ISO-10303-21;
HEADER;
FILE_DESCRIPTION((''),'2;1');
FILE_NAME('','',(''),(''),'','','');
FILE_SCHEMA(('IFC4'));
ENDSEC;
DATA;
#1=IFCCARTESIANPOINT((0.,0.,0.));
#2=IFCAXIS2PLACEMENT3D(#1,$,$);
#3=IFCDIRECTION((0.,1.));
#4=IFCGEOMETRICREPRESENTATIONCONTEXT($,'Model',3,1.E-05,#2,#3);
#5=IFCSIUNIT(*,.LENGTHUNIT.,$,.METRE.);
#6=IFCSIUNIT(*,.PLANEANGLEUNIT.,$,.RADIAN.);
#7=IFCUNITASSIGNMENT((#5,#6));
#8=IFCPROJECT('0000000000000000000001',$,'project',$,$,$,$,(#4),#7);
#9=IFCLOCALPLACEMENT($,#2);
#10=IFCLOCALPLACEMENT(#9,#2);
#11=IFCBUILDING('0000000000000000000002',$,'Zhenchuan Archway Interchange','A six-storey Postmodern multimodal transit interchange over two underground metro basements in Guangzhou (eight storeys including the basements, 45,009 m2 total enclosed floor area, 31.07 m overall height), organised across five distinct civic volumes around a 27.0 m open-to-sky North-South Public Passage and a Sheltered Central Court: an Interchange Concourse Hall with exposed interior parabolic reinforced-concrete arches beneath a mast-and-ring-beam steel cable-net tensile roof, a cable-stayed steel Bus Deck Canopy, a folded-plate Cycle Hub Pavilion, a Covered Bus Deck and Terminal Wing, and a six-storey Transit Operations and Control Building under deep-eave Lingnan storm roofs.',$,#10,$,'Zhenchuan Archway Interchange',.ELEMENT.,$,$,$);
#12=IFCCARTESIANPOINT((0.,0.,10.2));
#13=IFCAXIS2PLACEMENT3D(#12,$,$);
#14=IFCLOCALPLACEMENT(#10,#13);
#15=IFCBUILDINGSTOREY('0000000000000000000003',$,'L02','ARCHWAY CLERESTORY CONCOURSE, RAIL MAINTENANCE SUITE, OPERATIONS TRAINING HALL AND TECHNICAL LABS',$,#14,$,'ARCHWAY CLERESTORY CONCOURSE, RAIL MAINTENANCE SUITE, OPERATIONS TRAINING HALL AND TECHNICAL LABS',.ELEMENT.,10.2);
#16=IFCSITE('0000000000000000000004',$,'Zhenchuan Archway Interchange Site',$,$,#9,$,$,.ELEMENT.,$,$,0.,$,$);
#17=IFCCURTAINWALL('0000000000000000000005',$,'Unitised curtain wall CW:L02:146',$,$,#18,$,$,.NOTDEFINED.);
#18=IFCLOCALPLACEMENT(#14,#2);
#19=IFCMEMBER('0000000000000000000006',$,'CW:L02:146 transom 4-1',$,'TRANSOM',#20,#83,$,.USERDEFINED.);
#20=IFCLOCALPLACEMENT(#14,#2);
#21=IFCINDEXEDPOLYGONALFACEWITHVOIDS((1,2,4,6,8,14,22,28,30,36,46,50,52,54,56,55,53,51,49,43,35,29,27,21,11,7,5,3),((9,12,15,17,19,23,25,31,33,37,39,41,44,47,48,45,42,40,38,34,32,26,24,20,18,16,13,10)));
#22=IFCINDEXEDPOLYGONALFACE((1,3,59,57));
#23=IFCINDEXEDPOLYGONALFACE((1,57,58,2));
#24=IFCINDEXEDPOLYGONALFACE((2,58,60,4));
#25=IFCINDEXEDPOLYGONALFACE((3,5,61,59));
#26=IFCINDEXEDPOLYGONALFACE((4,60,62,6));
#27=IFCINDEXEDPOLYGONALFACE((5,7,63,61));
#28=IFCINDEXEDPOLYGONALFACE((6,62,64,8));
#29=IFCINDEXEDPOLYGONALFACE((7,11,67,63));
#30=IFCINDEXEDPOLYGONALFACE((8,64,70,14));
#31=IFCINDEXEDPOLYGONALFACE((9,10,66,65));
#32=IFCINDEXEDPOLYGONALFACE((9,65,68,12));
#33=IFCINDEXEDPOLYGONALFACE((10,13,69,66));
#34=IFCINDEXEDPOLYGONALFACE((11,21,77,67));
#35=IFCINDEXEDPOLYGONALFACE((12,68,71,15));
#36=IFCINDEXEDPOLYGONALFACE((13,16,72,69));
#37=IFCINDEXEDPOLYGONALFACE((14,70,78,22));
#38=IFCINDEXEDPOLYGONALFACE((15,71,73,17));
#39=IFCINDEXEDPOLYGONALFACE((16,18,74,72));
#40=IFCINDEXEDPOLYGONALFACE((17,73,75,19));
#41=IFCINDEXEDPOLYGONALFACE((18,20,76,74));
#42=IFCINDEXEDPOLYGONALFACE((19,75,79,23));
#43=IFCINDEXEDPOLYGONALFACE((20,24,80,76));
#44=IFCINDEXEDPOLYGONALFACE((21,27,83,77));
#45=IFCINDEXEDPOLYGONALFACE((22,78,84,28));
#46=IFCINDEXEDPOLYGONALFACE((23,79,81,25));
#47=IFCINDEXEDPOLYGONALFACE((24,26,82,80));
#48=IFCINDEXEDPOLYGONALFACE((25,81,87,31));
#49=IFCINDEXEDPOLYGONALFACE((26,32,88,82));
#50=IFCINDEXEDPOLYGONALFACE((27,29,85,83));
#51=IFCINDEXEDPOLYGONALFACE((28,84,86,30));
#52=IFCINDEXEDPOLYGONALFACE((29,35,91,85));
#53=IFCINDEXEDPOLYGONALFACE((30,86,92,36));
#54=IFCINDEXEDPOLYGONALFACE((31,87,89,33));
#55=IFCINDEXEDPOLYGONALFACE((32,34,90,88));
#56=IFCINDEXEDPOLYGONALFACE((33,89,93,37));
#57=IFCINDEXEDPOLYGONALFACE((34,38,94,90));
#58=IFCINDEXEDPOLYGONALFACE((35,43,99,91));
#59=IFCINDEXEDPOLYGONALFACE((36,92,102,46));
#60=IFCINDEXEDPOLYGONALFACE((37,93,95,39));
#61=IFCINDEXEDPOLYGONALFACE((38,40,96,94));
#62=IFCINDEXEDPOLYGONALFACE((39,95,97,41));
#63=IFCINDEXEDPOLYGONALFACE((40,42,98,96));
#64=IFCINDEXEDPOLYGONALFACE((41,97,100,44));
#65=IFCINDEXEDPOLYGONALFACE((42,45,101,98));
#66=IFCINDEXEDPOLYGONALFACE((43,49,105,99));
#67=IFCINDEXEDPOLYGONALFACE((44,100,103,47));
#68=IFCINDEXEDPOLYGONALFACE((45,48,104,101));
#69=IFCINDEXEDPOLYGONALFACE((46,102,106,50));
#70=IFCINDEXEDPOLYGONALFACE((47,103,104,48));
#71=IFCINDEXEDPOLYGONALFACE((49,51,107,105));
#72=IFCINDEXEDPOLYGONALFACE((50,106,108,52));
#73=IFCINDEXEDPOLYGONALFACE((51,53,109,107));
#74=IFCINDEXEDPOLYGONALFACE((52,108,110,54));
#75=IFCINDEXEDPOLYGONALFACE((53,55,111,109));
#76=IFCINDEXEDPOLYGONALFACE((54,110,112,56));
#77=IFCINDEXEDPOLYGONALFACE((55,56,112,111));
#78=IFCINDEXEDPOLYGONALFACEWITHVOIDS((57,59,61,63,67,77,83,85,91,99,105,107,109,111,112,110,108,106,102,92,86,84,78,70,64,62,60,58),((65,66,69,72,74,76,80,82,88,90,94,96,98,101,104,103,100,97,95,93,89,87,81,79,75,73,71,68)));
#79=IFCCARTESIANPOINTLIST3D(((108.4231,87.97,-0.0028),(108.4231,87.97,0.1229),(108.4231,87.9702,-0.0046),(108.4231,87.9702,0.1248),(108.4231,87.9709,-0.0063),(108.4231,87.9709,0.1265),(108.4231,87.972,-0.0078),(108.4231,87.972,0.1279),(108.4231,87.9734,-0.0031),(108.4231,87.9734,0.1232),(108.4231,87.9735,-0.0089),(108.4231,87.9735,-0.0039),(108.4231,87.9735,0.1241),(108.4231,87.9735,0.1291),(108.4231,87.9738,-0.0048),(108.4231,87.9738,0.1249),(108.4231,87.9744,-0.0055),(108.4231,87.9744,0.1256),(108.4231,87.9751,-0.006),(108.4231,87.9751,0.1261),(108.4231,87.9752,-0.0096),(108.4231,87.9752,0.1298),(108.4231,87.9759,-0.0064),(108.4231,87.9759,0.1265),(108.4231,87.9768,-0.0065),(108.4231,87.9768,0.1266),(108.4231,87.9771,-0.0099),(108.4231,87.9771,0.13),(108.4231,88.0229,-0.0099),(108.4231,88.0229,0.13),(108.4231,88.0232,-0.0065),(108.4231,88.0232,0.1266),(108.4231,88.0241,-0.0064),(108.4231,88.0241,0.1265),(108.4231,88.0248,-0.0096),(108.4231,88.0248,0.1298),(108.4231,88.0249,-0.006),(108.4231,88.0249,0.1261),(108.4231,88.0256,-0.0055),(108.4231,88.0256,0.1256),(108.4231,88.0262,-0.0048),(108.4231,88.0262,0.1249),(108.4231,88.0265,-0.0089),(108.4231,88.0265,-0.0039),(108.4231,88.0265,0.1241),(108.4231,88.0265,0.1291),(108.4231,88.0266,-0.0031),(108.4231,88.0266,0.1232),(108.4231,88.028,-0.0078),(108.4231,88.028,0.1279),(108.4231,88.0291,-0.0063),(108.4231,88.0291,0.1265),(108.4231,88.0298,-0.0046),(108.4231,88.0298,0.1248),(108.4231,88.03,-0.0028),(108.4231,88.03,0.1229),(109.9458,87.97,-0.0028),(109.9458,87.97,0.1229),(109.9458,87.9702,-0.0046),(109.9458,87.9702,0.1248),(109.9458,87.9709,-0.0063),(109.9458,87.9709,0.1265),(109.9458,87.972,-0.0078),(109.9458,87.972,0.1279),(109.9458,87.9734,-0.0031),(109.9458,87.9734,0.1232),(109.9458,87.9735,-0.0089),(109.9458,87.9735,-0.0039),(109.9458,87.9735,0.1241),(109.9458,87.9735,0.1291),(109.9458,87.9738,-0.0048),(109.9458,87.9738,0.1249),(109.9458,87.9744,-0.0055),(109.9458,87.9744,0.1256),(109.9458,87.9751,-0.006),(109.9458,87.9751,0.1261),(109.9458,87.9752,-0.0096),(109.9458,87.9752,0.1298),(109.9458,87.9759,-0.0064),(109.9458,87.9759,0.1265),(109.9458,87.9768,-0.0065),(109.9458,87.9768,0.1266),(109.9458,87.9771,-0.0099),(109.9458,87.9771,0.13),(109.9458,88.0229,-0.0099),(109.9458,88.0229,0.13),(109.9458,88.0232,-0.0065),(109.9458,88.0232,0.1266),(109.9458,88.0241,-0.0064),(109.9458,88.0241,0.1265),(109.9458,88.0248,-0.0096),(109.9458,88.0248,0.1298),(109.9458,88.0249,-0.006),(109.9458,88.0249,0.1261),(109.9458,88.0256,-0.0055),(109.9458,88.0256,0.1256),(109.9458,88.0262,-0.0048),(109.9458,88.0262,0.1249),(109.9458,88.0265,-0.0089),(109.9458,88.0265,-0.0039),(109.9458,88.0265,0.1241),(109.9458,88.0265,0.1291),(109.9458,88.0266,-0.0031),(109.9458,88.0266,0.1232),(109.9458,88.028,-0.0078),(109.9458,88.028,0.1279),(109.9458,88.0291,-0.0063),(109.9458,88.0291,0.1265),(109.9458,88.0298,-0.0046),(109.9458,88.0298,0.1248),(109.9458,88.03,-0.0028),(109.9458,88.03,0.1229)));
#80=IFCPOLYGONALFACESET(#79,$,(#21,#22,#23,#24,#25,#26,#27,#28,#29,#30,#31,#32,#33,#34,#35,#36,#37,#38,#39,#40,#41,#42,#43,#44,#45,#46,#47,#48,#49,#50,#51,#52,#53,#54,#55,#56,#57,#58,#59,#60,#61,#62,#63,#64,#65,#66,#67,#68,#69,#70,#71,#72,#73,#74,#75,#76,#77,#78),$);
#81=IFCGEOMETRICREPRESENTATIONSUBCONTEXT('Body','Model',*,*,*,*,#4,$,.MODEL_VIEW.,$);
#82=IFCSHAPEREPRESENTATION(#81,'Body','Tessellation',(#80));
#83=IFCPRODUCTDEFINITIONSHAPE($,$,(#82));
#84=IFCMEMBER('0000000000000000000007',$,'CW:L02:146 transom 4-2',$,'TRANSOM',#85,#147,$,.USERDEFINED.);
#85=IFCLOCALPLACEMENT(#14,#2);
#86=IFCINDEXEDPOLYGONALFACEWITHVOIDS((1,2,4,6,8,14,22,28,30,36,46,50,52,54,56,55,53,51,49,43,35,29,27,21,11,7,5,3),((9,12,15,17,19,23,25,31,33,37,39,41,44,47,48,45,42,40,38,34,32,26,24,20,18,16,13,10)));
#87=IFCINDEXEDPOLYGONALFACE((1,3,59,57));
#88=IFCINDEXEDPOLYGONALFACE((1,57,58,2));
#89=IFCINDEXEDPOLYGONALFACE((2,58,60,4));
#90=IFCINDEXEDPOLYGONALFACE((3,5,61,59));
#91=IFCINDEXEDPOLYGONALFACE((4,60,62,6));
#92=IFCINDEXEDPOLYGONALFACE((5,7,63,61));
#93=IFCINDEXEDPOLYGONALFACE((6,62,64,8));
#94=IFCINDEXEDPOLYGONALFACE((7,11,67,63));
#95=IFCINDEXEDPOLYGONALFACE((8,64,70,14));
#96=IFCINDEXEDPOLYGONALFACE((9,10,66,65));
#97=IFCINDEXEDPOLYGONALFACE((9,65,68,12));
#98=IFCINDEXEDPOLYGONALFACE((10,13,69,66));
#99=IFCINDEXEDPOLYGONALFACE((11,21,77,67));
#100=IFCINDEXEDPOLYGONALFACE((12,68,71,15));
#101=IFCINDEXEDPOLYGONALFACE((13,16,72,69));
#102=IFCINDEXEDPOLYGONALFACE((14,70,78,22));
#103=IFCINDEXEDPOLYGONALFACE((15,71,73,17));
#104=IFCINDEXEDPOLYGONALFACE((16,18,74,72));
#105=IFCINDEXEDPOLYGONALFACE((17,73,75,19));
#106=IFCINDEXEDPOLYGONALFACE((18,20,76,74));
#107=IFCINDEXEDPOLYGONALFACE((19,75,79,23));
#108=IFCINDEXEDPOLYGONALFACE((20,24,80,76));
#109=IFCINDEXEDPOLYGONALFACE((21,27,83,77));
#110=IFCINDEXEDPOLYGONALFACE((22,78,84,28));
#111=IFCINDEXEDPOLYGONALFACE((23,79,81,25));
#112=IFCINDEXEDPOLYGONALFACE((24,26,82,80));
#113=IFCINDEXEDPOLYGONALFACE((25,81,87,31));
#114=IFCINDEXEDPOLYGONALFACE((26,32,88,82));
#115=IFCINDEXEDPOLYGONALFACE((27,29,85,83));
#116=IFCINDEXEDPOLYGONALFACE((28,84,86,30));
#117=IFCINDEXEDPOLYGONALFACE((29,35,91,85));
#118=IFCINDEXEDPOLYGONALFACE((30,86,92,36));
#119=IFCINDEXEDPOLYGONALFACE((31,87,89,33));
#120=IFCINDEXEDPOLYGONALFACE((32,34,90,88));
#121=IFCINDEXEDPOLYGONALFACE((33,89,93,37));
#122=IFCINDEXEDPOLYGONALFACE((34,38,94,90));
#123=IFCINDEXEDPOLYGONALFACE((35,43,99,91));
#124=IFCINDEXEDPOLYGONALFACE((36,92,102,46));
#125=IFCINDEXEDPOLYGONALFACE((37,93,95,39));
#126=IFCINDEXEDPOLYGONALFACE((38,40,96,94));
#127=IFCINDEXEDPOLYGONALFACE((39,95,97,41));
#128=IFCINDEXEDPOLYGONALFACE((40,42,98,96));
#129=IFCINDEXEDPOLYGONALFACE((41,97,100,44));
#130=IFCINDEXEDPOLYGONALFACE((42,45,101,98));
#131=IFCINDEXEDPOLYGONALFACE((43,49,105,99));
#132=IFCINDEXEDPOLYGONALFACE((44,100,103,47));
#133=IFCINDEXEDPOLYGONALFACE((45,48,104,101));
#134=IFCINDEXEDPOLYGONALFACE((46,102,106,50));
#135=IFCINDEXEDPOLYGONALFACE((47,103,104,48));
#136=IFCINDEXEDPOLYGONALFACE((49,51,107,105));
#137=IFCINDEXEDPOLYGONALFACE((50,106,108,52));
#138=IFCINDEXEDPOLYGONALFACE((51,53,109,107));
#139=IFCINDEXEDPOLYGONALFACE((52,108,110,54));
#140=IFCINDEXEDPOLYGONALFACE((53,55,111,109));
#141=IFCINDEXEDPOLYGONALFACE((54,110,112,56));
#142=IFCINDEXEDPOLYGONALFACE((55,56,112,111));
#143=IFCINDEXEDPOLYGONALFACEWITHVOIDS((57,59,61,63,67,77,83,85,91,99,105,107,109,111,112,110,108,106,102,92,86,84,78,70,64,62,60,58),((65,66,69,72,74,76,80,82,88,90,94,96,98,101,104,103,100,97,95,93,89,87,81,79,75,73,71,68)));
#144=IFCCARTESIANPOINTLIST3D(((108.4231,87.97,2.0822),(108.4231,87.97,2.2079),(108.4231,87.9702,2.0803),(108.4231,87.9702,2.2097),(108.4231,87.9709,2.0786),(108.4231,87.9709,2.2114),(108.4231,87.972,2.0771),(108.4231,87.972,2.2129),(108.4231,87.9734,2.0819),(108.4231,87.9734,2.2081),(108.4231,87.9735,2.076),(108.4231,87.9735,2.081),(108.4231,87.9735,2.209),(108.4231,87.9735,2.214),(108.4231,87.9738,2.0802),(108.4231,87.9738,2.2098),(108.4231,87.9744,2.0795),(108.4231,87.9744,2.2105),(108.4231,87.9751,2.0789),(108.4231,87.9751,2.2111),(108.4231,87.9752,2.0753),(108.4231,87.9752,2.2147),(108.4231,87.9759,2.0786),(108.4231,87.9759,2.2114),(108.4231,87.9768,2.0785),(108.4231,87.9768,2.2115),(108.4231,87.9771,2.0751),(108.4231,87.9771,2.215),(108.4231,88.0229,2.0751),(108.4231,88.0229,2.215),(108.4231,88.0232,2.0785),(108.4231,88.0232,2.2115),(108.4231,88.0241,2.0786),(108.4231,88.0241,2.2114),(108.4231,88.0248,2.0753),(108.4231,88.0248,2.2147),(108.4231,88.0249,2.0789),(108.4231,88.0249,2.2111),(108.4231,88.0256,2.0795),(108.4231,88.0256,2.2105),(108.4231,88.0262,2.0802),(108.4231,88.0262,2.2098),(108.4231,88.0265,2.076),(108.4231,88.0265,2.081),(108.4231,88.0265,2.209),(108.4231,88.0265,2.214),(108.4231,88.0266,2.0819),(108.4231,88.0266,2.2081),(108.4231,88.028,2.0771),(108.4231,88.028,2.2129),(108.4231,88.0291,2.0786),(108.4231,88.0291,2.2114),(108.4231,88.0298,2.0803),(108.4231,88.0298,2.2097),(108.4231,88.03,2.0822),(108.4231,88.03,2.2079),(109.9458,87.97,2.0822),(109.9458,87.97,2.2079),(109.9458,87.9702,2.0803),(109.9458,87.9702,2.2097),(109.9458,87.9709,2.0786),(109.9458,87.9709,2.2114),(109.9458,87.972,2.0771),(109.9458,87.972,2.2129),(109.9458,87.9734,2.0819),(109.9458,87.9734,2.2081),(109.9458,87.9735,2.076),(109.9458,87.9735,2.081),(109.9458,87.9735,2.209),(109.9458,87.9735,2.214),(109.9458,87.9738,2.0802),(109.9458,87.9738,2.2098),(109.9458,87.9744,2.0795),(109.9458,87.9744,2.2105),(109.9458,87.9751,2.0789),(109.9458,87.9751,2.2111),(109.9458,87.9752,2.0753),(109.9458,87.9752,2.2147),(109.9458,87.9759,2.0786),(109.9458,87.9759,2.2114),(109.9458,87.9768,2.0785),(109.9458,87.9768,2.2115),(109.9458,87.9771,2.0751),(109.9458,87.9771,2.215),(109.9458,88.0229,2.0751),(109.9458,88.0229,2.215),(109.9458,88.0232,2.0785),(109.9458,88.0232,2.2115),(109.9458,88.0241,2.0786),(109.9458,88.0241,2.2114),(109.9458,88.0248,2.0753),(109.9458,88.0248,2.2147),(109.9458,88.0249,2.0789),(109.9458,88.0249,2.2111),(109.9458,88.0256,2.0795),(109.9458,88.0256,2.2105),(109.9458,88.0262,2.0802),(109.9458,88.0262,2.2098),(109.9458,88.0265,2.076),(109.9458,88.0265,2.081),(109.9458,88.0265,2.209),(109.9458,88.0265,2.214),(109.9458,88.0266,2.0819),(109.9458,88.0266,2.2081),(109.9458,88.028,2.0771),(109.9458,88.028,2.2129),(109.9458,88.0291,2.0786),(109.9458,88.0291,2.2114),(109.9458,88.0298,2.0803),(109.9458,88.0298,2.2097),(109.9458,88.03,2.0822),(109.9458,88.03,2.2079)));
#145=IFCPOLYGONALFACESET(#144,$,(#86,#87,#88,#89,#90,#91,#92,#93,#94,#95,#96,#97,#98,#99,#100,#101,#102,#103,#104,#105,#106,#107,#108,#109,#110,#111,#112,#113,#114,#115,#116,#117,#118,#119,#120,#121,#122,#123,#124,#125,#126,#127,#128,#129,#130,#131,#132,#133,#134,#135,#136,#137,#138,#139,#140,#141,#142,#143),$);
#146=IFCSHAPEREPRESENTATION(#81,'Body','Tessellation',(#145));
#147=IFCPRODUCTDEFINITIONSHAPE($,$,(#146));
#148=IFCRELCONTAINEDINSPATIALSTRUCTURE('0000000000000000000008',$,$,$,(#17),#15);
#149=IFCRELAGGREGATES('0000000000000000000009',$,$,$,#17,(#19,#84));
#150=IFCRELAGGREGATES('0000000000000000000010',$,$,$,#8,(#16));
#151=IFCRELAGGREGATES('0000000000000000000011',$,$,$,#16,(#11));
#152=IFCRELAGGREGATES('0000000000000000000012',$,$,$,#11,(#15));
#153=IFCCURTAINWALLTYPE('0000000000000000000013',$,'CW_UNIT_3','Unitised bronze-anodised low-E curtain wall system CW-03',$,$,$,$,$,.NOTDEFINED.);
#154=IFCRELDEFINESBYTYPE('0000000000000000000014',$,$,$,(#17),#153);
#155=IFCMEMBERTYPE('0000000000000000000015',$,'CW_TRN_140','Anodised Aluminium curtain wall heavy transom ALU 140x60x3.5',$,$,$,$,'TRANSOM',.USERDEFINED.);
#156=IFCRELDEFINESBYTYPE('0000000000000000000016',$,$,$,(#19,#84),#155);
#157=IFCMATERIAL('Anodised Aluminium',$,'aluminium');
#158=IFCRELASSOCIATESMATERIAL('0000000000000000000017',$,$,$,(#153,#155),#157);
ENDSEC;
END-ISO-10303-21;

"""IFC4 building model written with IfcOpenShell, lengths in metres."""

from ifc_helpers import new_model, si_unit, direction, frame, origin, origin_2d, place, context, subcontext, project, spatial, hollow_rectangle, extrude, material, material_profile, profile_set, type_object, element, aggregate, save


model = new_model("IFC4")

# Units and contexts
model_context = context("Model", 3, precision=1e-05, world=origin(), true_north=direction((0.0, 1.0)))
body_context = subcontext(model_context, "Body", "Model", "MODEL_VIEW")
ifc_project = project(units=[si_unit("LENGTHUNIT", "METRE"), si_unit("PLANEANGLEUNIT", "RADIAN")], contexts=[model_context])

# Site, building, storey
site_placement = place(None, origin())
site = spatial("IfcSite", under=ifc_project, at=site_placement, Name="Zhenchuan Archway Interchange Site", CompositionType="ELEMENT", RefElevation=0.0)
building_placement = place(site_placement, origin())
building = spatial("IfcBuilding", under=site, at=building_placement, Name="Zhenchuan Archway Interchange", Description="A six-storey Postmodern multimodal transit interchange over two underground metro basements in Guangzhou (eight storeys including the basements, 45,009 m2 total enclosed floor area, 31.07 m overall height), organised across five distinct civic volumes around a 27.0 m open-to-sky North-South Public Passage and a Sheltered Central Court: an Interchange Concourse Hall with exposed interior parabolic reinforced-concrete arches beneath a mast-and-ring-beam steel cable-net tensile roof, a cable-stayed steel Bus Deck Canopy, a folded-plate Cycle Hub Pavilion, a Covered Bus Deck and Terminal Wing, and a six-storey Transit Operations and Control Building under deep-eave Lingnan storm roofs.", LongName="Zhenchuan Archway Interchange", CompositionType="ELEMENT")
storey_placement = place(building_placement, frame((0.0, 0.0, 10.2)))
storey = spatial("IfcBuildingStorey", under=building, at=storey_placement, Name="L02", Description="ARCHWAY CLERESTORY CONCOURSE, RAIL MAINTENANCE SUITE, OPERATIONS TRAINING HALL AND TECHNICAL LABS", LongName="ARCHWAY CLERESTORY CONCOURSE, RAIL MAINTENANCE SUITE, OPERATIONS TRAINING HALL AND TECHNICAL LABS", CompositionType="ELEMENT", Elevation=10.2)

# Curtain wall, members
ifc_material_1 = material(Name="Anodised Aluminium", Category="aluminium")
curtain_wall_type = type_object("IfcCurtainWallType", Name="CW_UNIT_3", Description="Unitised bronze-anodised low-E curtain wall system CW-03", PredefinedType="NOTDEFINED", material=ifc_material_1)
curtain_wall_placement = place(storey_placement, origin())
curtain_wall = element("IfcCurtainWall", 1, at=curtain_wall_placement, inside=storey, type_object=curtain_wall_type, Name="Unitised curtain wall CW:L02:146", PredefinedType="NOTDEFINED")
ifc_material_profile_1 = material_profile(ifc_material_1, hollow_rectangle(XDim=0.0601, YDim=0.1399, WallThickness=0.0034, InnerFilletRadius=0.0034, OuterFilletRadius=0.0071, at=origin_2d()), Name="ALU 140x60x3.5")
ifc_profile_set_1 = profile_set([ifc_material_profile_1], Name="Anodised Aluminium")
member_type_1 = type_object("IfcMemberType", Name="CW_TRN_140", Description="Anodised Aluminium curtain wall heavy transom ALU 140x60x3.5", ElementType="TRANSOM", PredefinedType="USERDEFINED", material=ifc_profile_set_1)
member_1_placement = place(storey_placement, frame((109.9458, 88.0, 0.0601), z_axis=(-1.0, 0.0, 0.0), x_axis=(0.0, -1.0, 0.0)))
member_1 = element("IfcMember", 2, at=member_1_placement, type_object=member_type_1, Name="CW:L02:146 transom 4-1", ObjectType="TRANSOM", PredefinedType="USERDEFINED", context=body_context, shape_type="SweptSolid", body=[
    extrude(hollow_rectangle(XDim=0.0601, YDim=0.1399, WallThickness=0.0034, InnerFilletRadius=0.0034, OuterFilletRadius=0.0071, at=origin_2d()), origin(), (0.0, 0.0, 1.0), 1.5227),
])
member_2_placement = place(storey_placement, frame((109.9458, 88.0, 2.145), z_axis=(-1.0, 0.0, 0.0), x_axis=(0.0, -1.0, 0.0)))
member_2 = element("IfcMember", 3, at=member_2_placement, type_object=member_type_1, Name="CW:L02:146 transom 4-2", ObjectType="TRANSOM", PredefinedType="USERDEFINED", context=body_context, shape_type="SweptSolid", body=[
    extrude(hollow_rectangle(XDim=0.0601, YDim=0.1399, WallThickness=0.0034, InnerFilletRadius=0.0034, OuterFilletRadius=0.0071, at=origin_2d()), origin(), (0.0, 0.0, 1.0), 1.5227),
])

aggregate(curtain_wall, [member_1, member_2])

save(model, "model.ifc")
